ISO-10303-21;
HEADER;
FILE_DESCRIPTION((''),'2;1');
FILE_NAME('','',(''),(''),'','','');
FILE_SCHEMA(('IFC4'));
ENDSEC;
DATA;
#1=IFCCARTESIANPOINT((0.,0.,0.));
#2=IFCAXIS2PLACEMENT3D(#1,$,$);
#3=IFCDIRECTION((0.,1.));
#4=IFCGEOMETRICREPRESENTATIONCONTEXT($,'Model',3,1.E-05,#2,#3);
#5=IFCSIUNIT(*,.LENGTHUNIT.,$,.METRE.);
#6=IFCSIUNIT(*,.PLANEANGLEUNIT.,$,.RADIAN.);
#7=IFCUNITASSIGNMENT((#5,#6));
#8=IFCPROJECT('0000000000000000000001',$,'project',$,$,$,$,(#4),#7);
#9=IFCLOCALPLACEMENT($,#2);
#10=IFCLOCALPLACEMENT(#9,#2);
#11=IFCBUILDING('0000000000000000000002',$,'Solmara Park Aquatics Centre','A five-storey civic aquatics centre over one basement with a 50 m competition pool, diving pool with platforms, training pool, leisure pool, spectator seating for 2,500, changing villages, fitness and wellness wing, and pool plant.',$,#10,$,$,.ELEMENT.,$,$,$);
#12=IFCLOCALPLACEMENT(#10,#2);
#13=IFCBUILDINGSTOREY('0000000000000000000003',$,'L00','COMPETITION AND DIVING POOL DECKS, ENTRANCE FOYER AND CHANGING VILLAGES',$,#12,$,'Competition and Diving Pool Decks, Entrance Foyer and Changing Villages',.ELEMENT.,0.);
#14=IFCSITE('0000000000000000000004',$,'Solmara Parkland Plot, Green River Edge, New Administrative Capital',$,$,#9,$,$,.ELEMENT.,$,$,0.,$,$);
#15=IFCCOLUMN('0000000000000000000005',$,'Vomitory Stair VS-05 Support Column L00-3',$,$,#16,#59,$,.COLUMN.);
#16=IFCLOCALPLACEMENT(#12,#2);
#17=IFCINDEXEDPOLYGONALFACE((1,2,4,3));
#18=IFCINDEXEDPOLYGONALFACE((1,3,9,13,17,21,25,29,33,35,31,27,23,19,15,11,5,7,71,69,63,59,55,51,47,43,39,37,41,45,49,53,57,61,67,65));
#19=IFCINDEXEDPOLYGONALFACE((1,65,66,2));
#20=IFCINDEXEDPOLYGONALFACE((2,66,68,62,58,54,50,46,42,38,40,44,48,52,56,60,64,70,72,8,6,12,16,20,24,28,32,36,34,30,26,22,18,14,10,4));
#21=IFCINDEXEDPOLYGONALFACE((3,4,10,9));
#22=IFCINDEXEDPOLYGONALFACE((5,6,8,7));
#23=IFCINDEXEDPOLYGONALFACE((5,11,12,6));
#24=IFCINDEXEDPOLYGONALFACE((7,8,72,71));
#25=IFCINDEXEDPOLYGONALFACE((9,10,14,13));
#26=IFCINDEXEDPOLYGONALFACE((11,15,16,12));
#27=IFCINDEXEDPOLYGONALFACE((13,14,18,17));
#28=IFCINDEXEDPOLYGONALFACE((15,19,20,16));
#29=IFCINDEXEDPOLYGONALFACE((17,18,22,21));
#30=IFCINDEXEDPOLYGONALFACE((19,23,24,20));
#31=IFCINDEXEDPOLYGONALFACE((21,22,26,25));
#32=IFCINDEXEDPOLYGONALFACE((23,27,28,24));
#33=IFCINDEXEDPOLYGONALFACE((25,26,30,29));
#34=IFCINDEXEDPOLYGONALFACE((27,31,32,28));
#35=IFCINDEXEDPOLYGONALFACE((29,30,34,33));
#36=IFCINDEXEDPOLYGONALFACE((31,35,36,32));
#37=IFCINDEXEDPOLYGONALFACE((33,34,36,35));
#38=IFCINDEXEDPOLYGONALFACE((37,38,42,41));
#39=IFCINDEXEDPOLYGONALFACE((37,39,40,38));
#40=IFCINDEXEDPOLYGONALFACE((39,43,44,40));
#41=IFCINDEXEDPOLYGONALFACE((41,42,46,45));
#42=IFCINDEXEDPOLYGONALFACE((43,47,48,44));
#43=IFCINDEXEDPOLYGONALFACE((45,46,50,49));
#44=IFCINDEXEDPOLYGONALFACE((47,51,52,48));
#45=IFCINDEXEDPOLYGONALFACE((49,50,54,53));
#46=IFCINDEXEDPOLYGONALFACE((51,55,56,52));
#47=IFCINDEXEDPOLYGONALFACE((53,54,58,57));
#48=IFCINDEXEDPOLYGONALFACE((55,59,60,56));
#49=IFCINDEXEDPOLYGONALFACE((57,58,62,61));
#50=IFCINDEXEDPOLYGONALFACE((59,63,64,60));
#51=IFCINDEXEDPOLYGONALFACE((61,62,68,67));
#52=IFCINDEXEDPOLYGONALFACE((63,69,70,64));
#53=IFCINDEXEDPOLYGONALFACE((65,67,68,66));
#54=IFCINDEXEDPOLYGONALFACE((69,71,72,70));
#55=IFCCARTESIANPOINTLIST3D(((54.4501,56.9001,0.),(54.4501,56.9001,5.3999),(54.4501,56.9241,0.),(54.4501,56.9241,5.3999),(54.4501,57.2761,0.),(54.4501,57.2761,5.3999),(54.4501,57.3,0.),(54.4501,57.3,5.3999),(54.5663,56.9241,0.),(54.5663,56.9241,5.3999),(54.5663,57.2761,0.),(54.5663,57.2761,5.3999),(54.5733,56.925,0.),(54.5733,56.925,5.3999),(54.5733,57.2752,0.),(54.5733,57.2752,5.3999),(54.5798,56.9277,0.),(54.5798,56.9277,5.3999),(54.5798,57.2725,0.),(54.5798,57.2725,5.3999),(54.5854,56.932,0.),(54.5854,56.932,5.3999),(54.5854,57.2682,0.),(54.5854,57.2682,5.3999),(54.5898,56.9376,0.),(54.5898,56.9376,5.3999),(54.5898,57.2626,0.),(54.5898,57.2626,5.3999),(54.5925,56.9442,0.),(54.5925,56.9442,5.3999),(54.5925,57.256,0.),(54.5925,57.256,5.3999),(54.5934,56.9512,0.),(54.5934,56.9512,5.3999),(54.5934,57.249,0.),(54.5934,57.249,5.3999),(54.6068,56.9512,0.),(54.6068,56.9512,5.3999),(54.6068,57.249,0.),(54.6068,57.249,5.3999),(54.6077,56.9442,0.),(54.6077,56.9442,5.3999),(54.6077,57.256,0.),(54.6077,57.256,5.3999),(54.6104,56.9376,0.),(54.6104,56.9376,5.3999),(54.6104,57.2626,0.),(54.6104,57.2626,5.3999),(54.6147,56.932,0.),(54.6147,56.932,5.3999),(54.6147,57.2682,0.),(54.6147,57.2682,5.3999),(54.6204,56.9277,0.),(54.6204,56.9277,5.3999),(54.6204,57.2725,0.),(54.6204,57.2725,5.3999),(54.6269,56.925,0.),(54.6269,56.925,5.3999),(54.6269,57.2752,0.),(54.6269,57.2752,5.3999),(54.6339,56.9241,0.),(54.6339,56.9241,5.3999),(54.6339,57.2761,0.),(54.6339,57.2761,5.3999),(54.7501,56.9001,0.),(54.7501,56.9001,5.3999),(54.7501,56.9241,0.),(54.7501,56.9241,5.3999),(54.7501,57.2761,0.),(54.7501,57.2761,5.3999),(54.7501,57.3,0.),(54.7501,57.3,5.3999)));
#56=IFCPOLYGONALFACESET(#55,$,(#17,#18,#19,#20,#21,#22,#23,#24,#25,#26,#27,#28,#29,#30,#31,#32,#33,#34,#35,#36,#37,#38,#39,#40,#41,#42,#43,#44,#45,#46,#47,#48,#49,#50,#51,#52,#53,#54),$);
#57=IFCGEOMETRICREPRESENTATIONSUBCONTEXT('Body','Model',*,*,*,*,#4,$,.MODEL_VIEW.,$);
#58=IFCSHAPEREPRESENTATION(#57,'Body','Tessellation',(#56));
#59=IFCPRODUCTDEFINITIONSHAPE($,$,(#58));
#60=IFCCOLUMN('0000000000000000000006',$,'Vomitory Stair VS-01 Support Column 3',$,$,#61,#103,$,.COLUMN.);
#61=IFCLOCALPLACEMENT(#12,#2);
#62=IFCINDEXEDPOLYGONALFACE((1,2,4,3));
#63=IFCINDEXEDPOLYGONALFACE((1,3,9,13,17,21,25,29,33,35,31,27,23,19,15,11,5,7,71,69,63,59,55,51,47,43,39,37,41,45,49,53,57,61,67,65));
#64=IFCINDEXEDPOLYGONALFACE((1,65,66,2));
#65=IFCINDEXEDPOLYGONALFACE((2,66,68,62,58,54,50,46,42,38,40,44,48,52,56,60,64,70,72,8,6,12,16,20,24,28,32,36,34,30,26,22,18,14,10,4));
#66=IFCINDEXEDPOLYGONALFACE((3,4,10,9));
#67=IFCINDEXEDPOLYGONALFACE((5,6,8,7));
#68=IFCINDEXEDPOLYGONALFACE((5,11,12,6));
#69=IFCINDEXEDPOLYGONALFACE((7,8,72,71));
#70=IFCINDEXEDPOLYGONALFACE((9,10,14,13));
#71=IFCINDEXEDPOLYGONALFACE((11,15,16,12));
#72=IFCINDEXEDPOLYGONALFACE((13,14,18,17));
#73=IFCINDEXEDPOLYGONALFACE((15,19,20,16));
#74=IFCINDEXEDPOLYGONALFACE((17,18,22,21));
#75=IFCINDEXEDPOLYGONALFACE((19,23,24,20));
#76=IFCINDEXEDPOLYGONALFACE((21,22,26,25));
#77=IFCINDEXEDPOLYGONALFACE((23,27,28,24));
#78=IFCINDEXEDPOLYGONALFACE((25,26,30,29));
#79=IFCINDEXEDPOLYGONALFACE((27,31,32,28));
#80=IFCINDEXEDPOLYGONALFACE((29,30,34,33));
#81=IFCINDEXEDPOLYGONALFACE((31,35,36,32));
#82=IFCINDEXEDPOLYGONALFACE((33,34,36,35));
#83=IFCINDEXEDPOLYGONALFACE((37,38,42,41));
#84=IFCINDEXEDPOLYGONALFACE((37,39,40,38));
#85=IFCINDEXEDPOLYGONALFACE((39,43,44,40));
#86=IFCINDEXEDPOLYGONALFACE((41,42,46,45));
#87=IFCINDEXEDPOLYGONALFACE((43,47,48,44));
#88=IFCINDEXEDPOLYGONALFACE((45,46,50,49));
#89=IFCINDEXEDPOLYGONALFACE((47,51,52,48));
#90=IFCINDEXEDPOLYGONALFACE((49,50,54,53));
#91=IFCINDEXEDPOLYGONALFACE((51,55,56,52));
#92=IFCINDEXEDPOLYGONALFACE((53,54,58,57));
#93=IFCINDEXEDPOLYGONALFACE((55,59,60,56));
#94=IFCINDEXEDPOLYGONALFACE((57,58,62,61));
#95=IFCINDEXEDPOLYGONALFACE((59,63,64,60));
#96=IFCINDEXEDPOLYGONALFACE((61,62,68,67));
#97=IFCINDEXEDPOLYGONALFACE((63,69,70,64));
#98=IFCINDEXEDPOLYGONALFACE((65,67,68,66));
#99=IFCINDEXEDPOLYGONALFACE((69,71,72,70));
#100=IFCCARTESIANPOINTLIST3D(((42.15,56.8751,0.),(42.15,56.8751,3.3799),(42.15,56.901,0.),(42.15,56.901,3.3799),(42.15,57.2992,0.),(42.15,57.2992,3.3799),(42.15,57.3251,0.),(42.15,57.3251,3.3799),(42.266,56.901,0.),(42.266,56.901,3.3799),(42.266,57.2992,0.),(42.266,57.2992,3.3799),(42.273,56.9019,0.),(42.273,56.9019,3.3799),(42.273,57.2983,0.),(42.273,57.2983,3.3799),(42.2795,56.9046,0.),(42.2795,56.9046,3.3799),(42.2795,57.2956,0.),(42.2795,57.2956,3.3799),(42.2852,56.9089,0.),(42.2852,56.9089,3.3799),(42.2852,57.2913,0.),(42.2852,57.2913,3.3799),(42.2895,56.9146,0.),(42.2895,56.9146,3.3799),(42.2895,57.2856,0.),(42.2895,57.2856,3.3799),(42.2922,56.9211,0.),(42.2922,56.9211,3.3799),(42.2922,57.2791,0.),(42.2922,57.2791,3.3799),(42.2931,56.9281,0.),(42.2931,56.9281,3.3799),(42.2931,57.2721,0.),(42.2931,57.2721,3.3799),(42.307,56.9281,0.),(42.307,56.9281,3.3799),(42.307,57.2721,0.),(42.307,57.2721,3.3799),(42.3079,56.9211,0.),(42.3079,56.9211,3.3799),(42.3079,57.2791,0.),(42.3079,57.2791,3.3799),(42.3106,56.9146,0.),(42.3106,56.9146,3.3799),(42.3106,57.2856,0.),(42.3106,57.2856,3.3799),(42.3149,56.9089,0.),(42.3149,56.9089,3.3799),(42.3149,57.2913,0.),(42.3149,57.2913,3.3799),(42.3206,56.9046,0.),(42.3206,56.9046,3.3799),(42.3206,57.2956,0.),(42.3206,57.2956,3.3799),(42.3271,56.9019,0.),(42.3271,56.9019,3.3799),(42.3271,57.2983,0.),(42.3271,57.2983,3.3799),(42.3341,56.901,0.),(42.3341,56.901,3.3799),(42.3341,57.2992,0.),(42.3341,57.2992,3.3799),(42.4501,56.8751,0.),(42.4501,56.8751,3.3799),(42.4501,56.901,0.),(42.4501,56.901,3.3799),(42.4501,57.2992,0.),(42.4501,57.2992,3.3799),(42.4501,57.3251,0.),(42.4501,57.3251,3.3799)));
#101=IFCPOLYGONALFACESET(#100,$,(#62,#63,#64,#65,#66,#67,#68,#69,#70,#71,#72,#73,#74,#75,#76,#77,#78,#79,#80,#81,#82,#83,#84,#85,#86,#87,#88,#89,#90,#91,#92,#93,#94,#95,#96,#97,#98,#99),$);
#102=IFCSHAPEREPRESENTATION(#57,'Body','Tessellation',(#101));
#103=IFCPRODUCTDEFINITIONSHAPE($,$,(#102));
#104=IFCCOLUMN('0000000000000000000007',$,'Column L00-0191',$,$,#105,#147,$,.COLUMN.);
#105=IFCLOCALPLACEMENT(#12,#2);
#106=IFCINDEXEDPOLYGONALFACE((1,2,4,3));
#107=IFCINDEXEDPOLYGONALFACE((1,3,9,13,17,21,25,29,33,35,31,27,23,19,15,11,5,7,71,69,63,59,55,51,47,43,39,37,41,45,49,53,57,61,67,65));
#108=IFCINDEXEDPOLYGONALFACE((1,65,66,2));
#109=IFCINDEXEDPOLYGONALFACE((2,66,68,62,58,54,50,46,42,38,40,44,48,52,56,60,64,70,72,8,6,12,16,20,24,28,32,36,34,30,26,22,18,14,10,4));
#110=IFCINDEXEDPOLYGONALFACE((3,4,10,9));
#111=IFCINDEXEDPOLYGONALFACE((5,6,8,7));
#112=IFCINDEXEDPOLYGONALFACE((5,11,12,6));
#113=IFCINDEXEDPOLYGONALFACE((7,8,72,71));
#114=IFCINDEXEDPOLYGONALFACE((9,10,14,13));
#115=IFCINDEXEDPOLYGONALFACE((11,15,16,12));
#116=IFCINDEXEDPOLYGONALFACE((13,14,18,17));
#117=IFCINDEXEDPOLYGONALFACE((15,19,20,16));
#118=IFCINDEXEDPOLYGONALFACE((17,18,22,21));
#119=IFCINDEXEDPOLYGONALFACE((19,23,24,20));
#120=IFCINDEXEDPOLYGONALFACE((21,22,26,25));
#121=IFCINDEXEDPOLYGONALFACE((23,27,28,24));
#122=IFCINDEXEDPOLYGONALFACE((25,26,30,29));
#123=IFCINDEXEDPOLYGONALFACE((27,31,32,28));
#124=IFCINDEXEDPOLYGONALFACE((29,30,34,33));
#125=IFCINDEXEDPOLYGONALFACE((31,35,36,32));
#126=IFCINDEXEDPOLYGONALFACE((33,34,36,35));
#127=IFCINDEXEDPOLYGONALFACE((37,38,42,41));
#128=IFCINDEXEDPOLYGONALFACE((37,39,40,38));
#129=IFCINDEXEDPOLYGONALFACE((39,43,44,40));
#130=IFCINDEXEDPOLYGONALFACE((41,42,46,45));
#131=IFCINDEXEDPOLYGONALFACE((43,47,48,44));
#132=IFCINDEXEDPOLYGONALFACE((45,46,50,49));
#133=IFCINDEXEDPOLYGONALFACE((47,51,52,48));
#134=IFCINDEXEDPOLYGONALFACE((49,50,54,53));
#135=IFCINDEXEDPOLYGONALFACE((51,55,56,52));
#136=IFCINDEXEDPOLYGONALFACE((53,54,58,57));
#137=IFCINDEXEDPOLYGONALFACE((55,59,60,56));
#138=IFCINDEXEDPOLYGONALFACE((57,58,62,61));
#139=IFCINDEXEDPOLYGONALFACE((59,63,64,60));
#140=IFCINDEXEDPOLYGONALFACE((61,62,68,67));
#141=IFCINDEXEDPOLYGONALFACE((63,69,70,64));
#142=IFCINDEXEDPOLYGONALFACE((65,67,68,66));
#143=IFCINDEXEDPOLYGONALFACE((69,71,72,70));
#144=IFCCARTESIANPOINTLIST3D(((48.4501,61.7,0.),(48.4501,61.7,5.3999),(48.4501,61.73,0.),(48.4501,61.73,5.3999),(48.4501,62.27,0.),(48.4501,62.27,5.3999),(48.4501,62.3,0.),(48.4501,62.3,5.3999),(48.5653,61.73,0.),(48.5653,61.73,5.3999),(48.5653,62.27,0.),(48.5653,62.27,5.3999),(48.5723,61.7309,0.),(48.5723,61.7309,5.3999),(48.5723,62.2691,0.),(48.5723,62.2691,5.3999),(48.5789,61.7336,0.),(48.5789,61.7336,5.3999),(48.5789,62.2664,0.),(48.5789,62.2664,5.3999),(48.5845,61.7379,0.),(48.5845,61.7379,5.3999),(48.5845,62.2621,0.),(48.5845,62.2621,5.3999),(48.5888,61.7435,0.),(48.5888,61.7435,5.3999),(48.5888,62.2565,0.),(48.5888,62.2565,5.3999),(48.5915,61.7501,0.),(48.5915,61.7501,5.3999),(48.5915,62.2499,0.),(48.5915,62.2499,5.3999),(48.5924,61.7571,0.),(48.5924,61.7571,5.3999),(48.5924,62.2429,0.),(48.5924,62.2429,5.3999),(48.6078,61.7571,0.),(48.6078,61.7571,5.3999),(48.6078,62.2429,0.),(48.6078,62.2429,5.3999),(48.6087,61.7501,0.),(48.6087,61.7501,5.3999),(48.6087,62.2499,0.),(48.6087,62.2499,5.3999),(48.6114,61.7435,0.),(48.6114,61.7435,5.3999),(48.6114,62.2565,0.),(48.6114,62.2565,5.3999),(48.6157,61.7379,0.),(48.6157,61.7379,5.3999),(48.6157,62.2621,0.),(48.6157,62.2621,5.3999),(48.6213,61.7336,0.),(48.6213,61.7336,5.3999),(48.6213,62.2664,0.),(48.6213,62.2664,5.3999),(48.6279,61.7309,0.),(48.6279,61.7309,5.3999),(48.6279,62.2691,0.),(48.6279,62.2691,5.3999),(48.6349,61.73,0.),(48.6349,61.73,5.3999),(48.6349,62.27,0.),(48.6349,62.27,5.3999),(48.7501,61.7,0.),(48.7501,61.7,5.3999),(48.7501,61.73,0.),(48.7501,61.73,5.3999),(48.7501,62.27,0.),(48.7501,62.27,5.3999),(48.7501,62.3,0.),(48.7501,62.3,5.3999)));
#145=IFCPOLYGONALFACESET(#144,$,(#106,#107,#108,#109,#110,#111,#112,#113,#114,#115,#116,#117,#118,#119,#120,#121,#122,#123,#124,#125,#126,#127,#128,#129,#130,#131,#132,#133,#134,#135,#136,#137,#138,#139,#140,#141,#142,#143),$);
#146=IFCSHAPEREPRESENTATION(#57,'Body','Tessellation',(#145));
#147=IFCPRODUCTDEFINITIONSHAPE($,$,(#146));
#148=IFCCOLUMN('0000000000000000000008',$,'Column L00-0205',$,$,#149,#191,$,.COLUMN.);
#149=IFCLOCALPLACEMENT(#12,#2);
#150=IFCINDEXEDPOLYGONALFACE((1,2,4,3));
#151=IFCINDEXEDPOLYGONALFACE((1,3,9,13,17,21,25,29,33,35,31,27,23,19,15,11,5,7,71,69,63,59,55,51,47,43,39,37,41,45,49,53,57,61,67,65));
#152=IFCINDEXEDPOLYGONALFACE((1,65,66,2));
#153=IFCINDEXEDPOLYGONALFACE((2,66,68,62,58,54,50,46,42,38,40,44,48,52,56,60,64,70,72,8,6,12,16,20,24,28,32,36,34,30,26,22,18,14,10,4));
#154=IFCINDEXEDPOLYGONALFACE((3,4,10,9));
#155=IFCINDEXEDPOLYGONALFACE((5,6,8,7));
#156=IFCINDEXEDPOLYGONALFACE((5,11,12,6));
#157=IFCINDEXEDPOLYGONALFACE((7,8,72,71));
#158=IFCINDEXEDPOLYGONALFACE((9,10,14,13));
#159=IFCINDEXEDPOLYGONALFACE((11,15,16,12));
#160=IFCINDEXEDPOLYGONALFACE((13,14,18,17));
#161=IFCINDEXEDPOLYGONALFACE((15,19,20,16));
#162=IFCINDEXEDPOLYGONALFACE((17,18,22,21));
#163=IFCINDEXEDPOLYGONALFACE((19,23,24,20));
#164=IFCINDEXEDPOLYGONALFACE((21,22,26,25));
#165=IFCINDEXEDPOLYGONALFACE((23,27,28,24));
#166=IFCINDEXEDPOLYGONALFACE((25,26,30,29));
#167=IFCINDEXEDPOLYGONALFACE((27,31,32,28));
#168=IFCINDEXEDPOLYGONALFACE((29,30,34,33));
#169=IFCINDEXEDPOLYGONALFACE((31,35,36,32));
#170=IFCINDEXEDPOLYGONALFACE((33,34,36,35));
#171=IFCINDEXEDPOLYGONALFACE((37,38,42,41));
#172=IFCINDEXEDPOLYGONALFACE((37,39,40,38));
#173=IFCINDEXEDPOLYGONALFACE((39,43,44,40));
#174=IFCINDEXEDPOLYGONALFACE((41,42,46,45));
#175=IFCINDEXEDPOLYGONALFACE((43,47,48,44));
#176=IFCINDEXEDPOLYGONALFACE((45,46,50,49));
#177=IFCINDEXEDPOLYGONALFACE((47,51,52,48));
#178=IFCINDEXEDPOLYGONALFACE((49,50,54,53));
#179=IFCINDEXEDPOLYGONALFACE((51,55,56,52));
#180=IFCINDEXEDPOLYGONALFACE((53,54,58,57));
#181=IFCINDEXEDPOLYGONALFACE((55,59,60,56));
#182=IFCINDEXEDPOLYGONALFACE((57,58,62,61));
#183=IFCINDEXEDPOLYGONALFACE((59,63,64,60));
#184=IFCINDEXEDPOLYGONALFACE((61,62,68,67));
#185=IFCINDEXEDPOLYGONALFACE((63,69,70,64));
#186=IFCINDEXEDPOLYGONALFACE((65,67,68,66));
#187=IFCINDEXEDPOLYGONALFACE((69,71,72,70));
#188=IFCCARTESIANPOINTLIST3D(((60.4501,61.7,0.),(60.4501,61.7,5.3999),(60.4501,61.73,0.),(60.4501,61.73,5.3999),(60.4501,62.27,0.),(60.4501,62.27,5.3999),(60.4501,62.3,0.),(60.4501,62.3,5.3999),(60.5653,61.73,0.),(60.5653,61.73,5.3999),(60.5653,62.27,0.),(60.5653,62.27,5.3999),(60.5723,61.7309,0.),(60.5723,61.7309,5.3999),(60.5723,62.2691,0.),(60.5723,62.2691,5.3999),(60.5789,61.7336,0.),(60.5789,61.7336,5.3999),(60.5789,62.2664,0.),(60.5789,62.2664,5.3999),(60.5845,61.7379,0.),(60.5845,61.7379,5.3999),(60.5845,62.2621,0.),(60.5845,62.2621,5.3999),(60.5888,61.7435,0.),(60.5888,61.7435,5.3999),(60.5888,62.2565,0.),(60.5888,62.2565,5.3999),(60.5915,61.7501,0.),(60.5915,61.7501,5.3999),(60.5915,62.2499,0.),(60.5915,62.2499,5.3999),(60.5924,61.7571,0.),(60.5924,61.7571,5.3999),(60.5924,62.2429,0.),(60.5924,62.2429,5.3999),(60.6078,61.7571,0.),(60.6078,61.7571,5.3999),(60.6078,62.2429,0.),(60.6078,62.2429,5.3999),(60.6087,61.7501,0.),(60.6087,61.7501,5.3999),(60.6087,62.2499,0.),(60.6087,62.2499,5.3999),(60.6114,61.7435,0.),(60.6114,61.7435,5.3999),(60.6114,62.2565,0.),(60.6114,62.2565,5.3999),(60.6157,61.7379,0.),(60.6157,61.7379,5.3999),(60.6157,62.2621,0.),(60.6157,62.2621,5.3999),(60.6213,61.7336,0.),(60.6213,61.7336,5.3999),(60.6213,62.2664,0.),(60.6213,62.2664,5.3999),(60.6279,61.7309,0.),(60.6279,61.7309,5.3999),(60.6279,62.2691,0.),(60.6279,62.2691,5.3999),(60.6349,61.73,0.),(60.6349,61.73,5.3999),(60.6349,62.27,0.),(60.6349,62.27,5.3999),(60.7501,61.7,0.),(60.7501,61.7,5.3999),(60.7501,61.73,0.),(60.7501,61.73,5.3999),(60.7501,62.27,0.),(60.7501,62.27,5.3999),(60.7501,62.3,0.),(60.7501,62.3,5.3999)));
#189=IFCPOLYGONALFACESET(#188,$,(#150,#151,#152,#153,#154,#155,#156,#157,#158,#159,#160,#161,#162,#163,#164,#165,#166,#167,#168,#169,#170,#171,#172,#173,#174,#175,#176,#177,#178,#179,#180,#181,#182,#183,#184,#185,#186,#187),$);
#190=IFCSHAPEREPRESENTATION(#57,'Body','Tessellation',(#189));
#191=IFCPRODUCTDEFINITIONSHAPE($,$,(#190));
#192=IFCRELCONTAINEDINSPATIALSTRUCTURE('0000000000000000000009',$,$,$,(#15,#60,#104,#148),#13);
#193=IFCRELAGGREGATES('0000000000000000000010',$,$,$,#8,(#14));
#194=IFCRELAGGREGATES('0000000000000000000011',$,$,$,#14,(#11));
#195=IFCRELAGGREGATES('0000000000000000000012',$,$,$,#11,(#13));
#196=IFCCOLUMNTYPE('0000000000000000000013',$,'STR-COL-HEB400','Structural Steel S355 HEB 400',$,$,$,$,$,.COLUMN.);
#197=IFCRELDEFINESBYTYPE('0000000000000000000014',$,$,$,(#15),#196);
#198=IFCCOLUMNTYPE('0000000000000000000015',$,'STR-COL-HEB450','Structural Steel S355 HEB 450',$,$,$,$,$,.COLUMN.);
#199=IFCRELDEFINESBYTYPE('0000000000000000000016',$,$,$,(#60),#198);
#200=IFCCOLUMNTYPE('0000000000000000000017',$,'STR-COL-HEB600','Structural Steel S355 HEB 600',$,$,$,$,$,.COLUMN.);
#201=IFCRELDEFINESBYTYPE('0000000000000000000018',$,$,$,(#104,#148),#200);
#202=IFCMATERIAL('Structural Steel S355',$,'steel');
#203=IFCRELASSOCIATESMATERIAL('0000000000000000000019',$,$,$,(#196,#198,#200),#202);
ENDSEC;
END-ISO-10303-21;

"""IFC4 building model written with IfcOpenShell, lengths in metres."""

from ifc_helpers import new_model, si_unit, direction, frame, origin, origin_2d, place, context, subcontext, project, spatial, i_section, extrude, material, material_profile, profile_set, type_object, element, save


model = new_model("IFC4")

# Units and contexts
model_context = context("Model", 3, precision=1e-05, world=origin(), true_north=direction((0.0, 1.0)))
body_context = subcontext(model_context, "Body", "Model", "MODEL_VIEW")
ifc_project = project(units=[si_unit("LENGTHUNIT", "METRE"), si_unit("PLANEANGLEUNIT", "RADIAN")], contexts=[model_context])

# Site, building, storey
site_placement = place(None, origin())
site = spatial("IfcSite", under=ifc_project, at=site_placement, Name="Solmara Parkland Plot, Green River Edge, New Administrative Capital", CompositionType="ELEMENT", RefElevation=0.0)
building_placement = place(site_placement, origin())
building = spatial("IfcBuilding", under=site, at=building_placement, Name="Solmara Park Aquatics Centre", Description="A five-storey civic aquatics centre over one basement with a 50 m competition pool, diving pool with platforms, training pool, leisure pool, spectator seating for 2,500, changing villages, fitness and wellness wing, and pool plant.", CompositionType="ELEMENT")
storey_placement = place(building_placement, origin())
storey = spatial("IfcBuildingStorey", under=building, at=storey_placement, Name="L00", Description="COMPETITION AND DIVING POOL DECKS, ENTRANCE FOYER AND CHANGING VILLAGES", LongName="Competition and Diving Pool Decks, Entrance Foyer and Changing Villages", CompositionType="ELEMENT", Elevation=0.0)

# Columns
ifc_material_1 = material(Name="Structural Steel S355", Category="steel")
ifc_material_profile_1 = material_profile(ifc_material_1, i_section(OverallWidth=0.3, OverallDepth=0.3999, WebThickness=0.0134, FlangeThickness=0.0239, FilletRadius=0.0271, at=origin_2d()), Name="HEB 400")
ifc_profile_set_1 = profile_set([ifc_material_profile_1], Name="Structural Steel S355")
column_type_1 = type_object("IfcColumnType", Name="STR-COL-HEB400", Description="Structural Steel S355 HEB 400", PredefinedType="COLUMN", material=ifc_profile_set_1)
column_1_placement = place(storey_placement, frame((54.6001, 57.1001, 0.0), z_axis=(0.0, 0.0, 1.0), x_axis=(1.0, 0.0, 0.0)))
element("IfcColumn", 1, at=column_1_placement, inside=storey, type_object=column_type_1, Name="Vomitory Stair VS-05 Support Column L00-3", PredefinedType="COLUMN", context=body_context, shape_type="SweptSolid", body=[
    extrude(i_section(OverallWidth=0.3, OverallDepth=0.3999, WebThickness=0.0134, FlangeThickness=0.0239, FilletRadius=0.0271, at=origin_2d()), origin(), (0.0, 0.0, 1.0), 5.3999),
])
ifc_material_profile_2 = material_profile(ifc_material_1, i_section(OverallWidth=0.3, OverallDepth=0.45, WebThickness=0.0139, FlangeThickness=0.0259, FilletRadius=0.0271, at=origin_2d()), Name="HEB 450")
ifc_profile_set_2 = profile_set([ifc_material_profile_2], Name="Structural Steel S355")
column_type_2 = type_object("IfcColumnType", Name="STR-COL-HEB450", Description="Structural Steel S355 HEB 450", PredefinedType="COLUMN", material=ifc_profile_set_2)
column_2_placement = place(storey_placement, frame((42.3, 57.1001, 0.0), z_axis=(0.0, 0.0, 1.0), x_axis=(1.0, 0.0, 0.0)))
element("IfcColumn", 2, at=column_2_placement, inside=storey, type_object=column_type_2, Name="Vomitory Stair VS-01 Support Column 3", PredefinedType="COLUMN", context=body_context, shape_type="SweptSolid", body=[
    extrude(i_section(OverallWidth=0.3, OverallDepth=0.45, WebThickness=0.0139, FlangeThickness=0.0259, FilletRadius=0.0271, at=origin_2d()), origin(), (0.0, 0.0, 1.0), 3.3799),
])
ifc_material_profile_3 = material_profile(ifc_material_1, i_section(OverallWidth=0.3, OverallDepth=0.6001, WebThickness=0.0154, FlangeThickness=0.03, FilletRadius=0.0271, at=origin_2d()), Name="HEB 600")
ifc_profile_set_3 = profile_set([ifc_material_profile_3], Name="Structural Steel S355")
column_type_3 = type_object("IfcColumnType", Name="STR-COL-HEB600", Description="Structural Steel S355 HEB 600", PredefinedType="COLUMN", material=ifc_profile_set_3)
for number, where, z_axis, x_axis, name in (
    (3, (48.6001, 62.0, 0.0), (0.0, 0.0, 1.0), (1.0, 0.0, 0.0), "Column L00-0191"),
    (4, (60.6001, 62.0, 0.0), (0.0, 0.0, 1.0), (1.0, 0.0, 0.0), "Column L00-0205"),
):
    element("IfcColumn", number, at=place(storey_placement, frame(where, z_axis=z_axis, x_axis=x_axis)), inside=storey, type_object=column_type_3, Name=name, PredefinedType="COLUMN", context=body_context, shape_type="SweptSolid", body=[
        extrude(i_section(OverallWidth=0.3, OverallDepth=0.6001, WebThickness=0.0154, FlangeThickness=0.03, FilletRadius=0.0271, at=origin_2d()), origin(), (0.0, 0.0, 1.0), 5.3999),
    ])

save(model, "model.ifc")
